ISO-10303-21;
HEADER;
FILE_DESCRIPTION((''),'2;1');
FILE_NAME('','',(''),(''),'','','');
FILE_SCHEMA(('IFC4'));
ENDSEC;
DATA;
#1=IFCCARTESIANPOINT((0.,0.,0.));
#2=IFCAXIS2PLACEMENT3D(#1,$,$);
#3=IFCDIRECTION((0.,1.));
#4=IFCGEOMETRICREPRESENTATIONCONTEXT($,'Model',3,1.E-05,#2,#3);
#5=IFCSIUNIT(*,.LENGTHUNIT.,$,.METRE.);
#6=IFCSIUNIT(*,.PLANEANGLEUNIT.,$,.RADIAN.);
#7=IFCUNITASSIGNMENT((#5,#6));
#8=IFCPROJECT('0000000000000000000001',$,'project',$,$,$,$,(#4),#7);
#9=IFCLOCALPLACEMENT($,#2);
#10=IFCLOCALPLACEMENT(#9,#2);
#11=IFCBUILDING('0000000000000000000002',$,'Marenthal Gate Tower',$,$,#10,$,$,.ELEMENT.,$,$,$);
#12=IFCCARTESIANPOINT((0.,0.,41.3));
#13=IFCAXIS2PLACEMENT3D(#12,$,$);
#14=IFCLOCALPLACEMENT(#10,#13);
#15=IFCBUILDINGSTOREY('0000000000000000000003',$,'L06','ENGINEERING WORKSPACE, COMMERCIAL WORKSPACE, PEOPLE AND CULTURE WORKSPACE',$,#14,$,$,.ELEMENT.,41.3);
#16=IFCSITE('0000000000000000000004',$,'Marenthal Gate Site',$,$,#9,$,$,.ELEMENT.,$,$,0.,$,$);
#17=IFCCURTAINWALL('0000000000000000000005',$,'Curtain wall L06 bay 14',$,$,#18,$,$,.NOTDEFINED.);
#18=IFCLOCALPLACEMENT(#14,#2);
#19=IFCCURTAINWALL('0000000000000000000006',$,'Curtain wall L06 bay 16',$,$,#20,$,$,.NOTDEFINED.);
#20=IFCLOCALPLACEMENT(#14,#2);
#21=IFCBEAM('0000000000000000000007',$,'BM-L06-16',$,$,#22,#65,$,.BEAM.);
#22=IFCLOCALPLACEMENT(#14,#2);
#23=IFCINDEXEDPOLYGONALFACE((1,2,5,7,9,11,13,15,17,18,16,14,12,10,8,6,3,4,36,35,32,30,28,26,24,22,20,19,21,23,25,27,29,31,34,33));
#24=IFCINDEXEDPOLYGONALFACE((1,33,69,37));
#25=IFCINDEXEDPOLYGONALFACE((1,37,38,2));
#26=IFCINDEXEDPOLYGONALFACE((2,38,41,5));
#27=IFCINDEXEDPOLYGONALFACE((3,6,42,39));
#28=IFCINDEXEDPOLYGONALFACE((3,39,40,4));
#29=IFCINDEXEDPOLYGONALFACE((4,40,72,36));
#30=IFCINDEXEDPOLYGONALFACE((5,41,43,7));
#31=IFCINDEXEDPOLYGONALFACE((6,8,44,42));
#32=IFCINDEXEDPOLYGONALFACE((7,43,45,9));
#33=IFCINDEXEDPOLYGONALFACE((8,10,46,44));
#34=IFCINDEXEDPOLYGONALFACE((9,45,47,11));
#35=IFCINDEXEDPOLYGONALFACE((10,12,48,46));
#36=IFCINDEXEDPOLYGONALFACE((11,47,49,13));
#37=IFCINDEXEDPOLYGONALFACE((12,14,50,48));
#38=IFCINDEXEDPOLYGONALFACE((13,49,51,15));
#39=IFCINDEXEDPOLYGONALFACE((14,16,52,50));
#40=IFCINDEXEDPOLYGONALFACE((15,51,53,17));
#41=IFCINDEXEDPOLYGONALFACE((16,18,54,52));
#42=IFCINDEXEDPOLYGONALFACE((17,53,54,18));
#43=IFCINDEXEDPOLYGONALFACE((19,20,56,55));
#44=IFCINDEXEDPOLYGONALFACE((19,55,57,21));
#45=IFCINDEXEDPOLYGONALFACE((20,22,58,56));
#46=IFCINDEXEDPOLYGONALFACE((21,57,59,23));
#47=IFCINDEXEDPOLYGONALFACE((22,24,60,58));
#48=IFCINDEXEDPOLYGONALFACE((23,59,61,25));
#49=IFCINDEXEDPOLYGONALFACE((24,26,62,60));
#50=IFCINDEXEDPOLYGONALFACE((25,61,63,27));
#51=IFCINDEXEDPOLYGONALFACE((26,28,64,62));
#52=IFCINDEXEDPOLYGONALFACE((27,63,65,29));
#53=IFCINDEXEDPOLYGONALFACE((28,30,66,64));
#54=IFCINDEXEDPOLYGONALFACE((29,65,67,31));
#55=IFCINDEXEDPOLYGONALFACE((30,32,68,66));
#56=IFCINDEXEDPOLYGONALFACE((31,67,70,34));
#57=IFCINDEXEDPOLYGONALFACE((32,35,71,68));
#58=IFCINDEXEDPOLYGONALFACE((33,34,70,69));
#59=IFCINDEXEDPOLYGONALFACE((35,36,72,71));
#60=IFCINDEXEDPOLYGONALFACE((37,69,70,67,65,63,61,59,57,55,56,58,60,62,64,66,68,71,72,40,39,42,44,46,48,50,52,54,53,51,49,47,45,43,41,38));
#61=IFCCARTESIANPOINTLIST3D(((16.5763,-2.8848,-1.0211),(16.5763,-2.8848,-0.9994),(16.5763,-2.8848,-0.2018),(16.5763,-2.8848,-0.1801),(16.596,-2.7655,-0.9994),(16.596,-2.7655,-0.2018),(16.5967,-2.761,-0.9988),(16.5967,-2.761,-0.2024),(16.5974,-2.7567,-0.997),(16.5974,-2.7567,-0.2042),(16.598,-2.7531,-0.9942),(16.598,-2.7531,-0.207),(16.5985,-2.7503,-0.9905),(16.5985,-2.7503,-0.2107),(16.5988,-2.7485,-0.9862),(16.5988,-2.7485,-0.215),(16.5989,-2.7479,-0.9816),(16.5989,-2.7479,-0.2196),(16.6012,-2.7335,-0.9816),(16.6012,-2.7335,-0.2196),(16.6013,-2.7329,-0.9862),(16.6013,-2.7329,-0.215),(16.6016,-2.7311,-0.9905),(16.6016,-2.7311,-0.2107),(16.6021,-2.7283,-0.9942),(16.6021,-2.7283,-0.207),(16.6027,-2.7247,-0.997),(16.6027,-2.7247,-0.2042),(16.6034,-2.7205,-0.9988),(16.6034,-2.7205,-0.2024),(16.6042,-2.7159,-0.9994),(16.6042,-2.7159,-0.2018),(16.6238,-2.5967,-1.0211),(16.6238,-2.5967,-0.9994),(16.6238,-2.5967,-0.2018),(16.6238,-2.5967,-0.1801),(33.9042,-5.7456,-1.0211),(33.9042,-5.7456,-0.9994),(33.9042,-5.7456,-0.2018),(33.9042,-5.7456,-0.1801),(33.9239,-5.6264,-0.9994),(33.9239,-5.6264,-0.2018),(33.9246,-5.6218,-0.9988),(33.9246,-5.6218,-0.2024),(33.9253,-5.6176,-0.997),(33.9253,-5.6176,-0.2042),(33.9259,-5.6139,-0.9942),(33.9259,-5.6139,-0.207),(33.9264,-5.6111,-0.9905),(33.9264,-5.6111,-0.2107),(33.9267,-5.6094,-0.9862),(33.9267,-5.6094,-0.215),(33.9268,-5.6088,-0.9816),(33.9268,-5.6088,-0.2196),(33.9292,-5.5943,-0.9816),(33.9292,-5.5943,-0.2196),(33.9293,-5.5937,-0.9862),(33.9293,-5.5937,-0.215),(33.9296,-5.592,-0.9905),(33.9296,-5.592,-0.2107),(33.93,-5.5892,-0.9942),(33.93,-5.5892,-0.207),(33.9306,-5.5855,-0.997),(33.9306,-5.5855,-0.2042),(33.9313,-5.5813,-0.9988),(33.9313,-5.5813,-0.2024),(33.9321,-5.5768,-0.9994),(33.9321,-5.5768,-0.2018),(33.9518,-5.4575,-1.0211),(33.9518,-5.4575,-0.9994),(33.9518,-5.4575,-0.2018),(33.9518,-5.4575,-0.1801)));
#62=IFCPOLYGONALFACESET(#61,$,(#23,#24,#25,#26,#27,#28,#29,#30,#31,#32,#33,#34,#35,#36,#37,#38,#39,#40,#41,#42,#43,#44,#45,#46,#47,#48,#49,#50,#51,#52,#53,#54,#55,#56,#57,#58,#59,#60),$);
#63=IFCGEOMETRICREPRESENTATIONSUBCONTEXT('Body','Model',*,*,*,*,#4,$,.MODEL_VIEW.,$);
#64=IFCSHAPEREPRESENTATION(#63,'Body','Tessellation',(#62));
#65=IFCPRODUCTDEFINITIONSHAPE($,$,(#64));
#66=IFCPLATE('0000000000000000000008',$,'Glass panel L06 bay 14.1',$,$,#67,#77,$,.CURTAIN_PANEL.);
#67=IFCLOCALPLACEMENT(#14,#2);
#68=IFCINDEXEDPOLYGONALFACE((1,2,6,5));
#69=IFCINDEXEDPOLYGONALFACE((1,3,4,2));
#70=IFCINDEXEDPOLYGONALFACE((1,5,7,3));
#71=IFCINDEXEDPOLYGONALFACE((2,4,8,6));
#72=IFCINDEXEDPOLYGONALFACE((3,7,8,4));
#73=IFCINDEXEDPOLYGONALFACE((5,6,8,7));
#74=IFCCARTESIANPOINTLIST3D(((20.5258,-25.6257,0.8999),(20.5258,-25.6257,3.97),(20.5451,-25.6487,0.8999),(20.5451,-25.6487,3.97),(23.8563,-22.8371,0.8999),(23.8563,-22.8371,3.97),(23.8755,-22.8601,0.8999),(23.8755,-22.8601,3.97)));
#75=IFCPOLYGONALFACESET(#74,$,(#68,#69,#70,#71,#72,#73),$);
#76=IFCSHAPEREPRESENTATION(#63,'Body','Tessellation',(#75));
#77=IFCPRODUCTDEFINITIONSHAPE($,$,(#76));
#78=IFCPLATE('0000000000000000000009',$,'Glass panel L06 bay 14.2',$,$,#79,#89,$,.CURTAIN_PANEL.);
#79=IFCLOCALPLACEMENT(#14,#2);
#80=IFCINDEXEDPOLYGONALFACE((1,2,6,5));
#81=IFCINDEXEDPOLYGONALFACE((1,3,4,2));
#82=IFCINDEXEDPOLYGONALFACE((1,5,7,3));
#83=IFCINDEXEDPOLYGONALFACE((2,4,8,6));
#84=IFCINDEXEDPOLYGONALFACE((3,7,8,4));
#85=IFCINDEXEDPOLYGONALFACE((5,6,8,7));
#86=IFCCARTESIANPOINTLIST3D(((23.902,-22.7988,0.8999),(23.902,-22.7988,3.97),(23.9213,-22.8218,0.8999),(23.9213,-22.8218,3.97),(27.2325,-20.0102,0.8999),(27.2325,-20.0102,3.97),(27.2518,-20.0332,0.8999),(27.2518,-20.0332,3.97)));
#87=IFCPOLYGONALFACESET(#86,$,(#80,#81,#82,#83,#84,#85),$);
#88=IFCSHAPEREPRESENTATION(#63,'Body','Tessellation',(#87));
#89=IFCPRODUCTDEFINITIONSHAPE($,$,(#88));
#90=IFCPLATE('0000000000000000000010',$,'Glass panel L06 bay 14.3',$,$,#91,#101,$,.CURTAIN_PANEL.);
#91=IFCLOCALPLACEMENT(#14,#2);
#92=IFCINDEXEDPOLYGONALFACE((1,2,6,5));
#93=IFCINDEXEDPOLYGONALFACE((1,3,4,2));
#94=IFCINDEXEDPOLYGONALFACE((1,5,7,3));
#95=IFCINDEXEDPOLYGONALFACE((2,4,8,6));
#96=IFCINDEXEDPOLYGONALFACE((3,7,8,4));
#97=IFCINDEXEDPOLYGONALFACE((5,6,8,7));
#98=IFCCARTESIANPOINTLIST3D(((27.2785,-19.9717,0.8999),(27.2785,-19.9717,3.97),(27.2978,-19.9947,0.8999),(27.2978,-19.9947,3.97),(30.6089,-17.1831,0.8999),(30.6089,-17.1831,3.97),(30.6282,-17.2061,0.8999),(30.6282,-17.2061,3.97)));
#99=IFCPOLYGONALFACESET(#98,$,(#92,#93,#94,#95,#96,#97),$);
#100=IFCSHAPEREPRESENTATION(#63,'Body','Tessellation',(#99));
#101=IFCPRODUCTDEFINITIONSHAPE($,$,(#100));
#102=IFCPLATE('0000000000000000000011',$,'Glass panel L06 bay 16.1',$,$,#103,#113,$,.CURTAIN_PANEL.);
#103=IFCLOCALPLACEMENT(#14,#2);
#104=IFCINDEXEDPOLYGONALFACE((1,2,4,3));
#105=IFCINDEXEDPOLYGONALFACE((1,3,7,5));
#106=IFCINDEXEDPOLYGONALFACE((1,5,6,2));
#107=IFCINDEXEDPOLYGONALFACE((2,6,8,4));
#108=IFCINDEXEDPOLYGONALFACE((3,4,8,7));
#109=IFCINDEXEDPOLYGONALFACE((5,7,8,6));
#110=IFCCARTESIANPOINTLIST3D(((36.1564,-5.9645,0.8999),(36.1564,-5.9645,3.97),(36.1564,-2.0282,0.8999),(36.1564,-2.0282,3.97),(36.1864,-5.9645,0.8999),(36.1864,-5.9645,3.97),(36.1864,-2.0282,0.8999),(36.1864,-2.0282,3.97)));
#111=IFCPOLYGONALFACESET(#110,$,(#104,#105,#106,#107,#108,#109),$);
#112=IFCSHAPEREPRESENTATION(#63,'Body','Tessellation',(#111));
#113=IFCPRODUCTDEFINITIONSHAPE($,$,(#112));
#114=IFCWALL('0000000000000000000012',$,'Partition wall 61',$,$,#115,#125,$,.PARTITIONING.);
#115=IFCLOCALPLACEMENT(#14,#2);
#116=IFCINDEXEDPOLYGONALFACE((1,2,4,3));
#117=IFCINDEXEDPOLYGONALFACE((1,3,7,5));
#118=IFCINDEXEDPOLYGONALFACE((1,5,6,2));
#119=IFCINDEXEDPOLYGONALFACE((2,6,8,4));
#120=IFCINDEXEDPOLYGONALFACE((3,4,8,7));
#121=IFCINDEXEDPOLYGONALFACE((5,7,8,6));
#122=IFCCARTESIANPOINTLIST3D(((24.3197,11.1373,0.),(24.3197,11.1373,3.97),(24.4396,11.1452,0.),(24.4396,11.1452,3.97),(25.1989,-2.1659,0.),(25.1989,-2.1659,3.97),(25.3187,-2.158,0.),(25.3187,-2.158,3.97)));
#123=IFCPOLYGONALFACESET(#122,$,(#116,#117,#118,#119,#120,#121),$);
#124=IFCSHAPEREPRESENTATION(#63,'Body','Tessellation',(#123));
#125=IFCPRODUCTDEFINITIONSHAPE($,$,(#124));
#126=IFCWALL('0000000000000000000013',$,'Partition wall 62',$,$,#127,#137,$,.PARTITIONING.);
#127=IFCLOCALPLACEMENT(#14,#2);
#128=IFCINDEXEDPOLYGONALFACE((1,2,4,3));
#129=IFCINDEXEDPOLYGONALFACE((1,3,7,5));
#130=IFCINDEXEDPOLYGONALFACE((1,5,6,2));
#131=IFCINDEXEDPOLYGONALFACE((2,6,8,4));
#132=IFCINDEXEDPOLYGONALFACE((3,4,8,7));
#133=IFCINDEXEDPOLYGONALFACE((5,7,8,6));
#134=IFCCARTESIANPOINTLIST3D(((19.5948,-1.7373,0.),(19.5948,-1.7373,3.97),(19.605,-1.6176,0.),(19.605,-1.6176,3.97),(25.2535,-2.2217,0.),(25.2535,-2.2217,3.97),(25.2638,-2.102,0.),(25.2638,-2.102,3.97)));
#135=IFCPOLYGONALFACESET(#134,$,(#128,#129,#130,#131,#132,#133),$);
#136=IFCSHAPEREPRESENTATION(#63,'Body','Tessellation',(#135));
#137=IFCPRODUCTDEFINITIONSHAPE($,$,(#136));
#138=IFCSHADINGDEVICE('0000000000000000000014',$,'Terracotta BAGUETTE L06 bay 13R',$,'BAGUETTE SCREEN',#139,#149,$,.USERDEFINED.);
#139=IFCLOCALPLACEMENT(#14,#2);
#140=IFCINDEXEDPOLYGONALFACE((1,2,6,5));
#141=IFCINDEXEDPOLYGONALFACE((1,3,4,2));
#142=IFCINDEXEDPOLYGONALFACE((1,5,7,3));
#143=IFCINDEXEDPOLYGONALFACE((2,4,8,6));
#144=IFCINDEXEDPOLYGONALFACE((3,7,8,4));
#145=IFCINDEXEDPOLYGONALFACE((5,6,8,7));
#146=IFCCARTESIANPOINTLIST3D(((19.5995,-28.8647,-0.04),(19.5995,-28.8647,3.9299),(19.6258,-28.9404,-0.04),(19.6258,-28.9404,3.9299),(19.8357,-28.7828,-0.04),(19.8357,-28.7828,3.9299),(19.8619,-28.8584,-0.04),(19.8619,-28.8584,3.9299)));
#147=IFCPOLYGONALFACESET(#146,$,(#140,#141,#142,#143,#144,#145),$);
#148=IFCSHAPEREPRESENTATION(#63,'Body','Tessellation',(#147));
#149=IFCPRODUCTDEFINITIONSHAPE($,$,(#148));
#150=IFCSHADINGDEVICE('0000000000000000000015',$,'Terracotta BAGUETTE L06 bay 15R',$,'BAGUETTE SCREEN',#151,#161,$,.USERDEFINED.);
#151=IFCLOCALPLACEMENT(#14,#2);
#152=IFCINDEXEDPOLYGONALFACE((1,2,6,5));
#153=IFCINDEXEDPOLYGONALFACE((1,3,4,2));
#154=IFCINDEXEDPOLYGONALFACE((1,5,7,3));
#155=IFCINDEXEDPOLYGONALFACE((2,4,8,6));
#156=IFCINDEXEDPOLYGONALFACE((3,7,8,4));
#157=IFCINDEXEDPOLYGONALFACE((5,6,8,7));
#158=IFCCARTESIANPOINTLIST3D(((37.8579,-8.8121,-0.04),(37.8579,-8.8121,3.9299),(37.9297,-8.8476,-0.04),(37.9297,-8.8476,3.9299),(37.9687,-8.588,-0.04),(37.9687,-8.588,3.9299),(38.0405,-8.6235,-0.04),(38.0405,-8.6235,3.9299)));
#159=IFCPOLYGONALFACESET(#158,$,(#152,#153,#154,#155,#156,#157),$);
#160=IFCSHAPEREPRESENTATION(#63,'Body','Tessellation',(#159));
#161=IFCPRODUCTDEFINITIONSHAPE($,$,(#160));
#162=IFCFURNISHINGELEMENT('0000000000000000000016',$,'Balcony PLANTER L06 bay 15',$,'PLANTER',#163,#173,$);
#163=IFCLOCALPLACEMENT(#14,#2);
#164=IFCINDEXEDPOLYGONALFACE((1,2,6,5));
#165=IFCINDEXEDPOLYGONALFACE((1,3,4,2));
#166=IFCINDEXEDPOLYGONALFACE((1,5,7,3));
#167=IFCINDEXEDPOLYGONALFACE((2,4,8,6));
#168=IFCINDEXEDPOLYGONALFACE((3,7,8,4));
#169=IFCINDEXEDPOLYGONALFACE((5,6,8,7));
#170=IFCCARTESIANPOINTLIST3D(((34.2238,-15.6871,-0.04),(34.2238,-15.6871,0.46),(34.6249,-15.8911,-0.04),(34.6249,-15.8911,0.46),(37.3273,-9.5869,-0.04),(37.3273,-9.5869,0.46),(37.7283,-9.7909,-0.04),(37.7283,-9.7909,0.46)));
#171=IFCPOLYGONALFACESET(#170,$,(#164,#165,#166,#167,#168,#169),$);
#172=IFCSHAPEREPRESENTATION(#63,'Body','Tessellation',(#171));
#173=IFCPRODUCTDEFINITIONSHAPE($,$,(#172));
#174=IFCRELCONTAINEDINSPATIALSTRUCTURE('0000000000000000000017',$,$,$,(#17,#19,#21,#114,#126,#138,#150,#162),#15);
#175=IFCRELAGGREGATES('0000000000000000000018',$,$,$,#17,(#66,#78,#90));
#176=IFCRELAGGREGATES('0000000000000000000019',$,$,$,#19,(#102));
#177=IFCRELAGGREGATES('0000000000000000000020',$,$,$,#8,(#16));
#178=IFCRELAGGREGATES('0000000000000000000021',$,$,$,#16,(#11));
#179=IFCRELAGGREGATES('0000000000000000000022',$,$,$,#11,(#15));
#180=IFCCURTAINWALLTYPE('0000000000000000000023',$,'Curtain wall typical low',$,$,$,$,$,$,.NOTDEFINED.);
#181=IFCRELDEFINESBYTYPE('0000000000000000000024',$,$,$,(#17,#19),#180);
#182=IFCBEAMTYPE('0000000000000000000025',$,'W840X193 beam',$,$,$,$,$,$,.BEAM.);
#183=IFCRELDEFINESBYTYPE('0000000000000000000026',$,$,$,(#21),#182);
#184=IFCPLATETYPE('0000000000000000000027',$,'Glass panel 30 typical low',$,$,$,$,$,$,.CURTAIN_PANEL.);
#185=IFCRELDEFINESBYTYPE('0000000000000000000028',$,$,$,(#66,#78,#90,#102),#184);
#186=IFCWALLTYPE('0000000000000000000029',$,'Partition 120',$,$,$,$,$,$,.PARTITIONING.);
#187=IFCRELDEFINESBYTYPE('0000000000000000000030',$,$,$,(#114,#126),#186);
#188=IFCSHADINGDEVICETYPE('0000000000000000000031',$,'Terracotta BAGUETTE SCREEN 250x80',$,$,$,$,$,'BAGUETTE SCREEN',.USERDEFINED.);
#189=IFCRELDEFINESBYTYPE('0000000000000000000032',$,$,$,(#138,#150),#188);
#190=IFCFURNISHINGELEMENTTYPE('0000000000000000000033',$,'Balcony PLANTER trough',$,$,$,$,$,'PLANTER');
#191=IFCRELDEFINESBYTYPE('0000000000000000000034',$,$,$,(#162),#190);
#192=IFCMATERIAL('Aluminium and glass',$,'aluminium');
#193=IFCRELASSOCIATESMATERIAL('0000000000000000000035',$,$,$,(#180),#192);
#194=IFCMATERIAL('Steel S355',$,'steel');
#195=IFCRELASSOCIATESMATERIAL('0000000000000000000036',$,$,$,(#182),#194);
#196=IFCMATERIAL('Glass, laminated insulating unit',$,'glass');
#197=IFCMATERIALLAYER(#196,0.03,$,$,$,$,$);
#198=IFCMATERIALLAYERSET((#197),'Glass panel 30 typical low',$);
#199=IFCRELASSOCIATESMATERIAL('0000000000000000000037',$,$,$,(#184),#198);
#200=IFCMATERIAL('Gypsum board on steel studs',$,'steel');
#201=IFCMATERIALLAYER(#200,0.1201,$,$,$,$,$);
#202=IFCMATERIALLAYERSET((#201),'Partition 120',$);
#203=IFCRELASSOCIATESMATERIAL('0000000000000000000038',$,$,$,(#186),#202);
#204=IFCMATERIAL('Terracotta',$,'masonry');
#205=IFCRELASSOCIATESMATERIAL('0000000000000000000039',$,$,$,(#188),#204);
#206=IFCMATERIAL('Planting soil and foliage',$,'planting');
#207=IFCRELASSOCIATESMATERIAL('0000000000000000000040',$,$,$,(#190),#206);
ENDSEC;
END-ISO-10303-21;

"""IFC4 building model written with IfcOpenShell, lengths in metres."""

from ifc_helpers import new_model, si_unit, direction, frame, frame_2d, origin, origin_2d, place, context, subcontext, project, spatial, rectangle, i_section, extrude, material, layer, layer_set, material_profile, profile_set, type_object, element, aggregate, save


model = new_model("IFC4")

# Units and contexts
model_context = context("Model", 3, precision=1e-05, world=origin(), true_north=direction((0.0, 1.0)))
body_context = subcontext(model_context, "Body", "Model", "MODEL_VIEW")
ifc_project = project(units=[si_unit("LENGTHUNIT", "METRE"), si_unit("PLANEANGLEUNIT", "RADIAN")], contexts=[model_context])

# Site, building, storey
site_placement = place(None, origin())
site = spatial("IfcSite", under=ifc_project, at=site_placement, Name="Marenthal Gate Site", CompositionType="ELEMENT", RefElevation=0.0)
building_placement = place(site_placement, origin())
building = spatial("IfcBuilding", under=site, at=building_placement, Name="Marenthal Gate Tower", CompositionType="ELEMENT")
storey_placement = place(building_placement, frame((0.0, 0.0, 41.3)))
storey = spatial("IfcBuildingStorey", under=building, at=storey_placement, Name="L06", Description="ENGINEERING WORKSPACE, COMMERCIAL WORKSPACE, PEOPLE AND CULTURE WORKSPACE", CompositionType="ELEMENT", Elevation=41.3)

# Curtain walls
ifc_material_1 = material(Name="Aluminium and glass", Category="aluminium")
curtain_wall_type = type_object("IfcCurtainWallType", Name="Curtain wall typical low", PredefinedType="NOTDEFINED", material=ifc_material_1)
curtain_wall_1_placement = place(storey_placement, origin())
curtain_wall_1 = element("IfcCurtainWall", 1, at=curtain_wall_1_placement, inside=storey, type_object=curtain_wall_type, Name="Curtain wall L06 bay 14", PredefinedType="NOTDEFINED")
curtain_wall_2_placement = place(storey_placement, origin())
curtain_wall_2 = element("IfcCurtainWall", 2, at=curtain_wall_2_placement, inside=storey, type_object=curtain_wall_type, Name="Curtain wall L06 bay 16", PredefinedType="NOTDEFINED")

# Beam
ifc_material_2 = material(Name="Steel S355", Category="steel")
ifc_material_profile_1 = material_profile(ifc_material_2, i_section(OverallWidth=0.292, OverallDepth=0.8411, WebThickness=0.0146, FlangeThickness=0.0217, FilletRadius=0.0178, at=origin_2d()), Name="W840X193")
ifc_profile_set_1 = profile_set([ifc_material_profile_1], Name="Steel S355")
beam_type_1 = type_object("IfcBeamType", Name="W840X193 beam", PredefinedType="BEAM", material=ifc_profile_set_1)
beam_1_placement = place(storey_placement, frame((33.928, -5.6016, -0.6006), z_axis=(-0.986643, 0.162895, 0.0), x_axis=(-0.162895, -0.986643, 0.0)))
element("IfcBeam", 3, at=beam_1_placement, inside=storey, type_object=beam_type_1, Name="BM-L06-16", PredefinedType="BEAM", context=body_context, shape_type="SweptSolid", body=[
    extrude(i_section(OverallWidth=0.292, OverallDepth=0.8411, WebThickness=0.0146, FlangeThickness=0.0217, FilletRadius=0.0178, at=origin_2d()), origin(), (0.0, 0.0, 1.0), 17.5625),
])

# Plates
ifc_material_3 = material(Name="Glass, laminated insulating unit", Category="glass")
ifc_layer_1 = layer(ifc_material_3, 0.03)
ifc_layer_set_1 = layer_set([ifc_layer_1], Name="Glass panel 30 typical low")
plate_type = type_object("IfcPlateType", Name="Glass panel 30 typical low", PredefinedType="CURTAIN_PANEL", material=ifc_layer_set_1)
plate_1_placement = place(storey_placement, frame((22.2007, -24.2429, 0.8999), z_axis=(0.0, 0.0, 1.0), x_axis=(0.76672, 0.641982, 0.0)))
plate_1 = element("IfcPlate", 4, at=plate_1_placement, type_object=plate_type, Name="Glass panel L06 bay 14.1", PredefinedType="CURTAIN_PANEL", context=body_context, shape_type="SweptSolid", body=[
    extrude(rectangle(XDim=4.3438, YDim=0.03, at=origin_2d()), origin(), (0.0, 0.0, 1.0), 3.0701),
])
plate_2_placement = place(storey_placement, frame((25.5769, -21.416, 0.8999), z_axis=(0.0, 0.0, 1.0), x_axis=(0.76672, 0.641982, 0.0)))
plate_2 = element("IfcPlate", 5, at=plate_2_placement, type_object=plate_type, Name="Glass panel L06 bay 14.2", PredefinedType="CURTAIN_PANEL", context=body_context, shape_type="SweptSolid", body=[
    extrude(rectangle(XDim=4.3438, YDim=0.03, at=origin_2d()), origin(), (0.0, 0.0, 1.0), 3.0701),
])
plate_3_placement = place(storey_placement, frame((28.9534, -18.5889, 0.8999), z_axis=(0.0, 0.0, 1.0), x_axis=(0.76672, 0.641982, 0.0)))
plate_3 = element("IfcPlate", 6, at=plate_3_placement, type_object=plate_type, Name="Glass panel L06 bay 14.3", PredefinedType="CURTAIN_PANEL", context=body_context, shape_type="SweptSolid", body=[
    extrude(rectangle(XDim=4.3438, YDim=0.03, at=origin_2d()), origin(), (0.0, 0.0, 1.0), 3.0701),
])
aggregate(curtain_wall_1, [plate_1, plate_2, plate_3])
plate_4_placement = place(storey_placement, frame((36.1714, -3.9963, 0.8999), z_axis=(0.0, 0.0, 1.0), x_axis=(0.0, 1.0, 0.0)))
plate_4 = element("IfcPlate", 7, at=plate_4_placement, type_object=plate_type, Name="Glass panel L06 bay 16.1", PredefinedType="CURTAIN_PANEL", context=body_context, shape_type="SweptSolid", body=[
    extrude(rectangle(XDim=3.9363, YDim=0.03, at=origin_2d()), origin(), (0.0, 0.0, 1.0), 3.0701),
])
aggregate(curtain_wall_2, [plate_4])

# Walls
ifc_material_4 = material(Name="Gypsum board on steel studs", Category="steel")
ifc_layer_2 = layer(ifc_material_4, 0.1201)
ifc_layer_set_2 = layer_set([ifc_layer_2], Name="Partition 120")
wall_type_1 = type_object("IfcWallType", Name="Partition 120", PredefinedType="PARTITIONING", material=ifc_layer_set_2)
wall_1_placement = place(storey_placement, frame((25.2588, -2.1619, 0.0), z_axis=(0.0, 0.0, 1.0), x_axis=(-0.065942, 0.997823, 0.0)))
element("IfcWall", 8, at=wall_1_placement, inside=storey, type_object=wall_type_1, Name="Partition wall 61", PredefinedType="PARTITIONING", context=body_context, shape_type="SweptSolid", body=[
    extrude(rectangle(XDim=13.3323, YDim=0.1201, at=frame_2d((6.666, 0.0))), origin(), (0.0, 0.0, 1.0), 3.97),
])
wall_2_placement = place(storey_placement, frame((25.2588, -2.1619, 0.0), z_axis=(0.0, 0.0, 1.0), x_axis=(-0.996356, 0.085287, 0.0)))
element("IfcWall", 9, at=wall_2_placement, inside=storey, type_object=wall_type_1, Name="Partition wall 62", PredefinedType="PARTITIONING", context=body_context, shape_type="SweptSolid", body=[
    extrude(rectangle(XDim=5.6794, YDim=0.1201, at=frame_2d((2.8398, 0.0))), origin(), (0.0, 0.0, 1.0), 3.97),
])

# Shading devices
ifc_material_5 = material(Name="Terracotta", Category="masonry")
ifc_material_profile_2 = material_profile(ifc_material_5, rectangle(XDim=0.25, YDim=0.0801, at=origin_2d()), Name="Terracotta baguette 250x80")
ifc_profile_set_2 = profile_set([ifc_material_profile_2], Name="Terracotta")
shading_device_type = type_object("IfcShadingDeviceType", Name="Terracotta BAGUETTE SCREEN 250x80", ElementType="BAGUETTE SCREEN", PredefinedType="USERDEFINED", material=ifc_profile_set_2)
for number, where, z_axis, x_axis, name in (
    (10, (19.7307, -28.8616, -0.04), (0.0, 0.0, 1.0), (0.944708, 0.327912, 0.0), "Terracotta BAGUETTE L06 bay 13R"),
    (11, (37.9492, -8.7178, -0.04), (0.0, 0.0, 1.0), (0.44312, 0.896462, 0.0), "Terracotta BAGUETTE L06 bay 15R"),
):
    element("IfcShadingDevice", number, at=place(storey_placement, frame(where, z_axis=z_axis, x_axis=x_axis)), inside=storey, type_object=shading_device_type, Name=name, ObjectType="BAGUETTE SCREEN", PredefinedType="USERDEFINED", context=body_context, shape_type="SweptSolid", body=[
        extrude(rectangle(XDim=0.25, YDim=0.0801, at=origin_2d()), origin(), (0.0, 0.0, 1.0), 3.97),
    ])

# Furnishing element
ifc_material_6 = material(Name="Planting soil and foliage", Category="planting")
furnishing_element_type = type_object("IfcFurnishingElementType", Name="Balcony PLANTER trough", ElementType="PLANTER", material=ifc_material_6)
furnishing_placement = place(storey_placement, frame((35.9761, -12.739, -0.04), z_axis=(0.0, 0.0, 1.0), x_axis=(0.453437, 0.891288, 0.0)))
element("IfcFurnishingElement", 12, at=furnishing_placement, inside=storey, type_object=furnishing_element_type, Name="Balcony PLANTER L06 bay 15", ObjectType="PLANTER", context=body_context, shape_type="SweptSolid", body=[
    extrude(rectangle(XDim=6.8442, YDim=0.45, at=origin_2d()), origin(), (0.0, 0.0, 1.0), 0.5),
])

save(model, "model.ifc")
